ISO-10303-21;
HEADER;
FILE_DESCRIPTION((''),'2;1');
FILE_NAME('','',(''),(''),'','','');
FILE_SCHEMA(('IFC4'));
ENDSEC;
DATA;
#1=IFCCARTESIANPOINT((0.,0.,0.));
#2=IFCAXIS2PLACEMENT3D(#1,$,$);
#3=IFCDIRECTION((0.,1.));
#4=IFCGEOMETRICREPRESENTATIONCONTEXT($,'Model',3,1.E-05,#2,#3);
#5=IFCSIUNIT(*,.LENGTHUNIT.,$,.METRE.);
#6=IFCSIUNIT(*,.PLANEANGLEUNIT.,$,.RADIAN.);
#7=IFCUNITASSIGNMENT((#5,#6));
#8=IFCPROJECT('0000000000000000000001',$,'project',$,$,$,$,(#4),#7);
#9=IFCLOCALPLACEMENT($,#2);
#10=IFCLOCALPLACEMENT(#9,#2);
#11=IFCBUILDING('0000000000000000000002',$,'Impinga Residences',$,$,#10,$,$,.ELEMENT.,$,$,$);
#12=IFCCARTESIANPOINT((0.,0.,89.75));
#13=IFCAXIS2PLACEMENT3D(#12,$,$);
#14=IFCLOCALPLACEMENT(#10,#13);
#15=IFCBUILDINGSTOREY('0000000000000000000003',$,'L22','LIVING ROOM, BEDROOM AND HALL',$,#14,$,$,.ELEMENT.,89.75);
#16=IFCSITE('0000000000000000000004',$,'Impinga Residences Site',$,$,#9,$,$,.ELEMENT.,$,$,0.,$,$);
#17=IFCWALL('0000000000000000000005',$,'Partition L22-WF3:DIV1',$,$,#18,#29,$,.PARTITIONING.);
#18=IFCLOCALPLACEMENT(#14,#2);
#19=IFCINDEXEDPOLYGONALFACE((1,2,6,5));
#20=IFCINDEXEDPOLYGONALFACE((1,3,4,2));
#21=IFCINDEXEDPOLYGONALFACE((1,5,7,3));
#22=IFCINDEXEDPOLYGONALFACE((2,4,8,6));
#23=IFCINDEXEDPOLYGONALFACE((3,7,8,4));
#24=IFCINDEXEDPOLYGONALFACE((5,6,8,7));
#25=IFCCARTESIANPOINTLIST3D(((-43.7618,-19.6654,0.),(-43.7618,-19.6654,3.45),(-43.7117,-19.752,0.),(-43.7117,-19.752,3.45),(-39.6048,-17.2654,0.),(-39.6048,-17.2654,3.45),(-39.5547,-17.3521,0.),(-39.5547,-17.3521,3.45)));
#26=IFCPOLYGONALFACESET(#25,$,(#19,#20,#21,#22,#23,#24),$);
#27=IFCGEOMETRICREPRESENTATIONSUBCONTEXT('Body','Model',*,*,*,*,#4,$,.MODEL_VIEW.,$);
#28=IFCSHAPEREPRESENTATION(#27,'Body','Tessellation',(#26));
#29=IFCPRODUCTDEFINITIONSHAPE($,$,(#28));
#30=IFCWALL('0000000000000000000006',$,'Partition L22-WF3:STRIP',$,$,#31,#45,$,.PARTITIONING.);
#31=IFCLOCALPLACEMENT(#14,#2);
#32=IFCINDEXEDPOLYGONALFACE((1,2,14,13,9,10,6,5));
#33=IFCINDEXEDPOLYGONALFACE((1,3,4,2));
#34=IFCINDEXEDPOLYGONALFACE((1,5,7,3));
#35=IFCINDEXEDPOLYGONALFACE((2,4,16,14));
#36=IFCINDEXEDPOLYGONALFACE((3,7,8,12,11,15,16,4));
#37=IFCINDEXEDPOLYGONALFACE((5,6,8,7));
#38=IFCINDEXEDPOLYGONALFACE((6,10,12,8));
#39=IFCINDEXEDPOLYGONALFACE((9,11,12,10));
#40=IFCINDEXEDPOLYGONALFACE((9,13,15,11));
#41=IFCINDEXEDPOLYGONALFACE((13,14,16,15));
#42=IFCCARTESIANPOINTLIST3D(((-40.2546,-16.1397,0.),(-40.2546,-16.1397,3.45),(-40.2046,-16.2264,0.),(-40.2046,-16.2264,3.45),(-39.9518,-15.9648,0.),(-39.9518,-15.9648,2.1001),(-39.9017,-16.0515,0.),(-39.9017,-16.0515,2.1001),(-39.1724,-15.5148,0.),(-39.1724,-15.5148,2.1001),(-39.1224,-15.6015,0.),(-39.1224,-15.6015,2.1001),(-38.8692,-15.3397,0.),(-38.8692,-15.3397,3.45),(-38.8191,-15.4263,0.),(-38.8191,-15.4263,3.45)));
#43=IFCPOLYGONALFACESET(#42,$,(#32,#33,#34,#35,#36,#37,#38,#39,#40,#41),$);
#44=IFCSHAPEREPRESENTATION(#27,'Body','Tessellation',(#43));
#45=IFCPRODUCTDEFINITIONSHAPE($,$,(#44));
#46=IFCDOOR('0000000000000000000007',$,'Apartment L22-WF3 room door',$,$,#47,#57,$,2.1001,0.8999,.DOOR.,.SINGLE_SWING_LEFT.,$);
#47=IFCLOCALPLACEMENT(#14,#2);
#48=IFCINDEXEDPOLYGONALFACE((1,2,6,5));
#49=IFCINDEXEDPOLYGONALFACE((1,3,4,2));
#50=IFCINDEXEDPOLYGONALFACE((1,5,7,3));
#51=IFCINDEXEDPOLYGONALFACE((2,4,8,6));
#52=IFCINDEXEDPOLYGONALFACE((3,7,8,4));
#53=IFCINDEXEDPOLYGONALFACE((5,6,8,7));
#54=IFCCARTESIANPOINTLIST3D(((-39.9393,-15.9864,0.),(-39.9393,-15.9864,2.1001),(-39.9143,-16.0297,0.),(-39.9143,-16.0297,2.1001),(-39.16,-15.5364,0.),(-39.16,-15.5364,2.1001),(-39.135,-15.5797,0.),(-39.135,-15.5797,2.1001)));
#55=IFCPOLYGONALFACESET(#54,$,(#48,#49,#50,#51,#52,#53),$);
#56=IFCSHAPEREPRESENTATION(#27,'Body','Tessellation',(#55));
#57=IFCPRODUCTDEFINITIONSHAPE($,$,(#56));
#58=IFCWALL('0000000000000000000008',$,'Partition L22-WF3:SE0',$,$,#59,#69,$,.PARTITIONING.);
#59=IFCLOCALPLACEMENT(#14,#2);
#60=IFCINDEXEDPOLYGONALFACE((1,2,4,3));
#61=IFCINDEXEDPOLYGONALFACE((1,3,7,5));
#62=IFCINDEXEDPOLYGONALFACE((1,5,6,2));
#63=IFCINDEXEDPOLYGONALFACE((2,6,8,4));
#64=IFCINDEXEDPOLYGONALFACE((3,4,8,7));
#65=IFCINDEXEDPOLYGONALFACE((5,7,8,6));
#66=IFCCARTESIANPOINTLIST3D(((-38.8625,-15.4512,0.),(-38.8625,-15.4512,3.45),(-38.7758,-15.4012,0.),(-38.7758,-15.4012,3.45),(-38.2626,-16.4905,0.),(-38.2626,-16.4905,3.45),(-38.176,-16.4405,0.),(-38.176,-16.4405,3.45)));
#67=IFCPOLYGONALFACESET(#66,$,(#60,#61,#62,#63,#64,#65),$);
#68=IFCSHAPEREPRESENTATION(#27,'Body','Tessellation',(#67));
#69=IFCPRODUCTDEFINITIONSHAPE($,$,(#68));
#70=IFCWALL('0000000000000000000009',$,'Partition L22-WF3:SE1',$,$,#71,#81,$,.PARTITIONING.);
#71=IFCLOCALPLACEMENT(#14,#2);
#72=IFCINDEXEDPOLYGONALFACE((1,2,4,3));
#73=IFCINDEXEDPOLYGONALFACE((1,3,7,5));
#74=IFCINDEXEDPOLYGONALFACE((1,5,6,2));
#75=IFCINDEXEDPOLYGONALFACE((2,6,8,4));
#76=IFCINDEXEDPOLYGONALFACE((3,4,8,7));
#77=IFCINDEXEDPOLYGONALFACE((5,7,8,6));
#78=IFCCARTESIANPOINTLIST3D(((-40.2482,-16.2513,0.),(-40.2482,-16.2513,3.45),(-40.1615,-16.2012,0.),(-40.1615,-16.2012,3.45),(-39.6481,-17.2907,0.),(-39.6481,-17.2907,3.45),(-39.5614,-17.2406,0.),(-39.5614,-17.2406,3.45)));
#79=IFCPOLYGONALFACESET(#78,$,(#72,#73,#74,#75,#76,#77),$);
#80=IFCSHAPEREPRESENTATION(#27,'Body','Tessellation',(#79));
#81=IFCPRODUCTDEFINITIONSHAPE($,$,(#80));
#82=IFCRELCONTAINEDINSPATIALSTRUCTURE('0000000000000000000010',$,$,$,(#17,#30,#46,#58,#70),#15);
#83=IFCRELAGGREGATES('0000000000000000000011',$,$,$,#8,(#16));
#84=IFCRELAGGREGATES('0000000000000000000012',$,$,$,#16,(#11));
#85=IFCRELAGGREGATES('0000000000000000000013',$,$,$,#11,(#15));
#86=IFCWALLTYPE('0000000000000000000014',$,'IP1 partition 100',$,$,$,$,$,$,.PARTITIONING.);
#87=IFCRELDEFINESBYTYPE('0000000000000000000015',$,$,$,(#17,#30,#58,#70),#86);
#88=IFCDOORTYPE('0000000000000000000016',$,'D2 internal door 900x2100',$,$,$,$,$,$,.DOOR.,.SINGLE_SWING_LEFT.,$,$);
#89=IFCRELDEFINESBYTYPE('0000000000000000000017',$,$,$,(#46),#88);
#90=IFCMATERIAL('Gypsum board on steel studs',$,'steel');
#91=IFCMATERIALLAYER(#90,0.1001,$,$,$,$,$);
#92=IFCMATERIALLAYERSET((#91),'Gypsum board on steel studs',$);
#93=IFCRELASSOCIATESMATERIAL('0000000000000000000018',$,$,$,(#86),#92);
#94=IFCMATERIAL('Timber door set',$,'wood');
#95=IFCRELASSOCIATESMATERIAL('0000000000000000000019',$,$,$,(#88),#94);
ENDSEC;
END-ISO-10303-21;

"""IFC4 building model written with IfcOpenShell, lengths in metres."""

from ifc_helpers import new_model, si_unit, direction, frame, frame_2d, origin, place, context, subcontext, project, spatial, rectangle, extrude, material, layer, layer_set, type_object, element, fill, save


model = new_model("IFC4")

# Units and contexts
model_context = context("Model", 3, precision=1e-05, world=origin(), true_north=direction((0.0, 1.0)))
body_context = subcontext(model_context, "Body", "Model", "MODEL_VIEW")
ifc_project = project(units=[si_unit("LENGTHUNIT", "METRE"), si_unit("PLANEANGLEUNIT", "RADIAN")], contexts=[model_context])

# Site, building, storey
site_placement = place(None, origin())
site = spatial("IfcSite", under=ifc_project, at=site_placement, Name="Impinga Residences Site", CompositionType="ELEMENT", RefElevation=0.0)
building_placement = place(site_placement, origin())
building = spatial("IfcBuilding", under=site, at=building_placement, Name="Impinga Residences", CompositionType="ELEMENT")
storey_placement = place(building_placement, frame((0.0, 0.0, 89.75)))
storey = spatial("IfcBuildingStorey", under=building, at=storey_placement, Name="L22", Description="LIVING ROOM, BEDROOM AND HALL", CompositionType="ELEMENT", Elevation=89.75)

# Wall
ifc_material_1 = material(Name="Gypsum board on steel studs", Category="steel")
ifc_layer_1 = layer(ifc_material_1, 0.1001)
ifc_layer_set_1 = layer_set([ifc_layer_1], Name="Gypsum board on steel studs")
wall_type_1 = type_object("IfcWallType", Name="IP1 partition 100", PredefinedType="PARTITIONING", material=ifc_layer_set_1)
wall_1_placement = place(storey_placement, frame((-39.5798, -17.3088, 0.0), z_axis=(0.0, 0.0, 1.0), x_axis=(-0.866037, -0.499979, 0.0)))
element("IfcWall", 1, at=wall_1_placement, inside=storey, type_object=wall_type_1, Name="Partition L22-WF3:DIV1", PredefinedType="PARTITIONING", context=body_context, shape_type="SweptSolid", body=[
    extrude(rectangle(XDim=4.8, YDim=0.1001, at=frame_2d((2.3999, 0.0))), origin(), (0.0, 0.0, 1.0), 3.45),
])

# Wall, opening, door
wall_2_placement = place(storey_placement, frame((-38.8442, -15.3831, 0.0), z_axis=(0.0, 0.0, 1.0), x_axis=(-0.86599, -0.500061, 0.0)))
wall_2 = element("IfcWall", 2, at=wall_2_placement, inside=storey, type_object=wall_type_1, Name="Partition L22-WF3:STRIP", PredefinedType="PARTITIONING", context=body_context, shape_type="SweptSolid", body=[
    extrude(rectangle(XDim=1.5999, YDim=0.1001, at=frame_2d((0.7998, 0.0))), origin(), (0.0, 0.0, 1.0), 3.45),
])
opening_1_placement = place(wall_2_placement, frame((0.3501, 0.0, 0.0)))
opening_1 = element("IfcOpeningElement", 3, at=opening_1_placement, cuts=wall_2, PredefinedType="OPENING", context=body_context, shape_type="SweptSolid", body=[
    extrude(rectangle(XDim=0.8999, YDim=2.1001, at=frame_2d((0.45, 1.05))), frame((0.0, 0.0601, 0.0), z_axis=(0.0, -1.0, 0.0), x_axis=(1.0, 0.0, 0.0)), (0.0, 0.0, 1.0), 0.1201),
])
ifc_material_2 = material(Name="Timber door set", Category="wood")
door_type = type_object("IfcDoorType", Name="D2 internal door 900x2100", OperationType="SINGLE_SWING_LEFT", PredefinedType="DOOR", material=ifc_material_2)
door_placement = place(opening_1_placement, origin())
door = element("IfcDoor", 4, at=door_placement, inside=storey, type_object=door_type, Name="Apartment L22-WF3 room door", OperationType="SINGLE_SWING_LEFT", OverallHeight=2.1001, OverallWidth=0.8999, PredefinedType="DOOR", context=body_context, shape_type="SweptSolid", body=[
    extrude(rectangle(XDim=0.8999, YDim=2.1001, at=frame_2d((0.45, 1.05))), frame((0.0, 0.0249, 0.0), z_axis=(0.0, -1.0, 0.0), x_axis=(1.0, 0.0, 0.0)), (0.0, 0.0, 1.0), 0.05),
])
fill(opening_1, door)

# Walls
wall_3_placement = place(storey_placement, frame((-38.2192, -16.4656, 0.0), z_axis=(0.0, 0.0, 1.0), x_axis=(-0.499881, 0.866094, 0.0)))
element("IfcWall", 5, at=wall_3_placement, inside=storey, type_object=wall_type_1, Name="Partition L22-WF3:SE0", PredefinedType="PARTITIONING", context=body_context, shape_type="SweptSolid", body=[
    extrude(rectangle(XDim=1.2, YDim=0.1001, at=frame_2d((0.6001, 0.0))), origin(), (0.0, 0.0, 1.0), 3.45),
])
wall_4_placement = place(storey_placement, frame((-39.6047, -17.2656, 0.0), z_axis=(0.0, 0.0, 1.0), x_axis=(-0.500034, 0.866006, 0.0)))
element("IfcWall", 6, at=wall_4_placement, inside=storey, type_object=wall_type_1, Name="Partition L22-WF3:SE1", PredefinedType="PARTITIONING", context=body_context, shape_type="SweptSolid", body=[
    extrude(rectangle(XDim=1.2002, YDim=0.1001, at=frame_2d((0.6001, 0.0))), origin(), (0.0, 0.0, 1.0), 3.45),
])

save(model, "model.ifc")
